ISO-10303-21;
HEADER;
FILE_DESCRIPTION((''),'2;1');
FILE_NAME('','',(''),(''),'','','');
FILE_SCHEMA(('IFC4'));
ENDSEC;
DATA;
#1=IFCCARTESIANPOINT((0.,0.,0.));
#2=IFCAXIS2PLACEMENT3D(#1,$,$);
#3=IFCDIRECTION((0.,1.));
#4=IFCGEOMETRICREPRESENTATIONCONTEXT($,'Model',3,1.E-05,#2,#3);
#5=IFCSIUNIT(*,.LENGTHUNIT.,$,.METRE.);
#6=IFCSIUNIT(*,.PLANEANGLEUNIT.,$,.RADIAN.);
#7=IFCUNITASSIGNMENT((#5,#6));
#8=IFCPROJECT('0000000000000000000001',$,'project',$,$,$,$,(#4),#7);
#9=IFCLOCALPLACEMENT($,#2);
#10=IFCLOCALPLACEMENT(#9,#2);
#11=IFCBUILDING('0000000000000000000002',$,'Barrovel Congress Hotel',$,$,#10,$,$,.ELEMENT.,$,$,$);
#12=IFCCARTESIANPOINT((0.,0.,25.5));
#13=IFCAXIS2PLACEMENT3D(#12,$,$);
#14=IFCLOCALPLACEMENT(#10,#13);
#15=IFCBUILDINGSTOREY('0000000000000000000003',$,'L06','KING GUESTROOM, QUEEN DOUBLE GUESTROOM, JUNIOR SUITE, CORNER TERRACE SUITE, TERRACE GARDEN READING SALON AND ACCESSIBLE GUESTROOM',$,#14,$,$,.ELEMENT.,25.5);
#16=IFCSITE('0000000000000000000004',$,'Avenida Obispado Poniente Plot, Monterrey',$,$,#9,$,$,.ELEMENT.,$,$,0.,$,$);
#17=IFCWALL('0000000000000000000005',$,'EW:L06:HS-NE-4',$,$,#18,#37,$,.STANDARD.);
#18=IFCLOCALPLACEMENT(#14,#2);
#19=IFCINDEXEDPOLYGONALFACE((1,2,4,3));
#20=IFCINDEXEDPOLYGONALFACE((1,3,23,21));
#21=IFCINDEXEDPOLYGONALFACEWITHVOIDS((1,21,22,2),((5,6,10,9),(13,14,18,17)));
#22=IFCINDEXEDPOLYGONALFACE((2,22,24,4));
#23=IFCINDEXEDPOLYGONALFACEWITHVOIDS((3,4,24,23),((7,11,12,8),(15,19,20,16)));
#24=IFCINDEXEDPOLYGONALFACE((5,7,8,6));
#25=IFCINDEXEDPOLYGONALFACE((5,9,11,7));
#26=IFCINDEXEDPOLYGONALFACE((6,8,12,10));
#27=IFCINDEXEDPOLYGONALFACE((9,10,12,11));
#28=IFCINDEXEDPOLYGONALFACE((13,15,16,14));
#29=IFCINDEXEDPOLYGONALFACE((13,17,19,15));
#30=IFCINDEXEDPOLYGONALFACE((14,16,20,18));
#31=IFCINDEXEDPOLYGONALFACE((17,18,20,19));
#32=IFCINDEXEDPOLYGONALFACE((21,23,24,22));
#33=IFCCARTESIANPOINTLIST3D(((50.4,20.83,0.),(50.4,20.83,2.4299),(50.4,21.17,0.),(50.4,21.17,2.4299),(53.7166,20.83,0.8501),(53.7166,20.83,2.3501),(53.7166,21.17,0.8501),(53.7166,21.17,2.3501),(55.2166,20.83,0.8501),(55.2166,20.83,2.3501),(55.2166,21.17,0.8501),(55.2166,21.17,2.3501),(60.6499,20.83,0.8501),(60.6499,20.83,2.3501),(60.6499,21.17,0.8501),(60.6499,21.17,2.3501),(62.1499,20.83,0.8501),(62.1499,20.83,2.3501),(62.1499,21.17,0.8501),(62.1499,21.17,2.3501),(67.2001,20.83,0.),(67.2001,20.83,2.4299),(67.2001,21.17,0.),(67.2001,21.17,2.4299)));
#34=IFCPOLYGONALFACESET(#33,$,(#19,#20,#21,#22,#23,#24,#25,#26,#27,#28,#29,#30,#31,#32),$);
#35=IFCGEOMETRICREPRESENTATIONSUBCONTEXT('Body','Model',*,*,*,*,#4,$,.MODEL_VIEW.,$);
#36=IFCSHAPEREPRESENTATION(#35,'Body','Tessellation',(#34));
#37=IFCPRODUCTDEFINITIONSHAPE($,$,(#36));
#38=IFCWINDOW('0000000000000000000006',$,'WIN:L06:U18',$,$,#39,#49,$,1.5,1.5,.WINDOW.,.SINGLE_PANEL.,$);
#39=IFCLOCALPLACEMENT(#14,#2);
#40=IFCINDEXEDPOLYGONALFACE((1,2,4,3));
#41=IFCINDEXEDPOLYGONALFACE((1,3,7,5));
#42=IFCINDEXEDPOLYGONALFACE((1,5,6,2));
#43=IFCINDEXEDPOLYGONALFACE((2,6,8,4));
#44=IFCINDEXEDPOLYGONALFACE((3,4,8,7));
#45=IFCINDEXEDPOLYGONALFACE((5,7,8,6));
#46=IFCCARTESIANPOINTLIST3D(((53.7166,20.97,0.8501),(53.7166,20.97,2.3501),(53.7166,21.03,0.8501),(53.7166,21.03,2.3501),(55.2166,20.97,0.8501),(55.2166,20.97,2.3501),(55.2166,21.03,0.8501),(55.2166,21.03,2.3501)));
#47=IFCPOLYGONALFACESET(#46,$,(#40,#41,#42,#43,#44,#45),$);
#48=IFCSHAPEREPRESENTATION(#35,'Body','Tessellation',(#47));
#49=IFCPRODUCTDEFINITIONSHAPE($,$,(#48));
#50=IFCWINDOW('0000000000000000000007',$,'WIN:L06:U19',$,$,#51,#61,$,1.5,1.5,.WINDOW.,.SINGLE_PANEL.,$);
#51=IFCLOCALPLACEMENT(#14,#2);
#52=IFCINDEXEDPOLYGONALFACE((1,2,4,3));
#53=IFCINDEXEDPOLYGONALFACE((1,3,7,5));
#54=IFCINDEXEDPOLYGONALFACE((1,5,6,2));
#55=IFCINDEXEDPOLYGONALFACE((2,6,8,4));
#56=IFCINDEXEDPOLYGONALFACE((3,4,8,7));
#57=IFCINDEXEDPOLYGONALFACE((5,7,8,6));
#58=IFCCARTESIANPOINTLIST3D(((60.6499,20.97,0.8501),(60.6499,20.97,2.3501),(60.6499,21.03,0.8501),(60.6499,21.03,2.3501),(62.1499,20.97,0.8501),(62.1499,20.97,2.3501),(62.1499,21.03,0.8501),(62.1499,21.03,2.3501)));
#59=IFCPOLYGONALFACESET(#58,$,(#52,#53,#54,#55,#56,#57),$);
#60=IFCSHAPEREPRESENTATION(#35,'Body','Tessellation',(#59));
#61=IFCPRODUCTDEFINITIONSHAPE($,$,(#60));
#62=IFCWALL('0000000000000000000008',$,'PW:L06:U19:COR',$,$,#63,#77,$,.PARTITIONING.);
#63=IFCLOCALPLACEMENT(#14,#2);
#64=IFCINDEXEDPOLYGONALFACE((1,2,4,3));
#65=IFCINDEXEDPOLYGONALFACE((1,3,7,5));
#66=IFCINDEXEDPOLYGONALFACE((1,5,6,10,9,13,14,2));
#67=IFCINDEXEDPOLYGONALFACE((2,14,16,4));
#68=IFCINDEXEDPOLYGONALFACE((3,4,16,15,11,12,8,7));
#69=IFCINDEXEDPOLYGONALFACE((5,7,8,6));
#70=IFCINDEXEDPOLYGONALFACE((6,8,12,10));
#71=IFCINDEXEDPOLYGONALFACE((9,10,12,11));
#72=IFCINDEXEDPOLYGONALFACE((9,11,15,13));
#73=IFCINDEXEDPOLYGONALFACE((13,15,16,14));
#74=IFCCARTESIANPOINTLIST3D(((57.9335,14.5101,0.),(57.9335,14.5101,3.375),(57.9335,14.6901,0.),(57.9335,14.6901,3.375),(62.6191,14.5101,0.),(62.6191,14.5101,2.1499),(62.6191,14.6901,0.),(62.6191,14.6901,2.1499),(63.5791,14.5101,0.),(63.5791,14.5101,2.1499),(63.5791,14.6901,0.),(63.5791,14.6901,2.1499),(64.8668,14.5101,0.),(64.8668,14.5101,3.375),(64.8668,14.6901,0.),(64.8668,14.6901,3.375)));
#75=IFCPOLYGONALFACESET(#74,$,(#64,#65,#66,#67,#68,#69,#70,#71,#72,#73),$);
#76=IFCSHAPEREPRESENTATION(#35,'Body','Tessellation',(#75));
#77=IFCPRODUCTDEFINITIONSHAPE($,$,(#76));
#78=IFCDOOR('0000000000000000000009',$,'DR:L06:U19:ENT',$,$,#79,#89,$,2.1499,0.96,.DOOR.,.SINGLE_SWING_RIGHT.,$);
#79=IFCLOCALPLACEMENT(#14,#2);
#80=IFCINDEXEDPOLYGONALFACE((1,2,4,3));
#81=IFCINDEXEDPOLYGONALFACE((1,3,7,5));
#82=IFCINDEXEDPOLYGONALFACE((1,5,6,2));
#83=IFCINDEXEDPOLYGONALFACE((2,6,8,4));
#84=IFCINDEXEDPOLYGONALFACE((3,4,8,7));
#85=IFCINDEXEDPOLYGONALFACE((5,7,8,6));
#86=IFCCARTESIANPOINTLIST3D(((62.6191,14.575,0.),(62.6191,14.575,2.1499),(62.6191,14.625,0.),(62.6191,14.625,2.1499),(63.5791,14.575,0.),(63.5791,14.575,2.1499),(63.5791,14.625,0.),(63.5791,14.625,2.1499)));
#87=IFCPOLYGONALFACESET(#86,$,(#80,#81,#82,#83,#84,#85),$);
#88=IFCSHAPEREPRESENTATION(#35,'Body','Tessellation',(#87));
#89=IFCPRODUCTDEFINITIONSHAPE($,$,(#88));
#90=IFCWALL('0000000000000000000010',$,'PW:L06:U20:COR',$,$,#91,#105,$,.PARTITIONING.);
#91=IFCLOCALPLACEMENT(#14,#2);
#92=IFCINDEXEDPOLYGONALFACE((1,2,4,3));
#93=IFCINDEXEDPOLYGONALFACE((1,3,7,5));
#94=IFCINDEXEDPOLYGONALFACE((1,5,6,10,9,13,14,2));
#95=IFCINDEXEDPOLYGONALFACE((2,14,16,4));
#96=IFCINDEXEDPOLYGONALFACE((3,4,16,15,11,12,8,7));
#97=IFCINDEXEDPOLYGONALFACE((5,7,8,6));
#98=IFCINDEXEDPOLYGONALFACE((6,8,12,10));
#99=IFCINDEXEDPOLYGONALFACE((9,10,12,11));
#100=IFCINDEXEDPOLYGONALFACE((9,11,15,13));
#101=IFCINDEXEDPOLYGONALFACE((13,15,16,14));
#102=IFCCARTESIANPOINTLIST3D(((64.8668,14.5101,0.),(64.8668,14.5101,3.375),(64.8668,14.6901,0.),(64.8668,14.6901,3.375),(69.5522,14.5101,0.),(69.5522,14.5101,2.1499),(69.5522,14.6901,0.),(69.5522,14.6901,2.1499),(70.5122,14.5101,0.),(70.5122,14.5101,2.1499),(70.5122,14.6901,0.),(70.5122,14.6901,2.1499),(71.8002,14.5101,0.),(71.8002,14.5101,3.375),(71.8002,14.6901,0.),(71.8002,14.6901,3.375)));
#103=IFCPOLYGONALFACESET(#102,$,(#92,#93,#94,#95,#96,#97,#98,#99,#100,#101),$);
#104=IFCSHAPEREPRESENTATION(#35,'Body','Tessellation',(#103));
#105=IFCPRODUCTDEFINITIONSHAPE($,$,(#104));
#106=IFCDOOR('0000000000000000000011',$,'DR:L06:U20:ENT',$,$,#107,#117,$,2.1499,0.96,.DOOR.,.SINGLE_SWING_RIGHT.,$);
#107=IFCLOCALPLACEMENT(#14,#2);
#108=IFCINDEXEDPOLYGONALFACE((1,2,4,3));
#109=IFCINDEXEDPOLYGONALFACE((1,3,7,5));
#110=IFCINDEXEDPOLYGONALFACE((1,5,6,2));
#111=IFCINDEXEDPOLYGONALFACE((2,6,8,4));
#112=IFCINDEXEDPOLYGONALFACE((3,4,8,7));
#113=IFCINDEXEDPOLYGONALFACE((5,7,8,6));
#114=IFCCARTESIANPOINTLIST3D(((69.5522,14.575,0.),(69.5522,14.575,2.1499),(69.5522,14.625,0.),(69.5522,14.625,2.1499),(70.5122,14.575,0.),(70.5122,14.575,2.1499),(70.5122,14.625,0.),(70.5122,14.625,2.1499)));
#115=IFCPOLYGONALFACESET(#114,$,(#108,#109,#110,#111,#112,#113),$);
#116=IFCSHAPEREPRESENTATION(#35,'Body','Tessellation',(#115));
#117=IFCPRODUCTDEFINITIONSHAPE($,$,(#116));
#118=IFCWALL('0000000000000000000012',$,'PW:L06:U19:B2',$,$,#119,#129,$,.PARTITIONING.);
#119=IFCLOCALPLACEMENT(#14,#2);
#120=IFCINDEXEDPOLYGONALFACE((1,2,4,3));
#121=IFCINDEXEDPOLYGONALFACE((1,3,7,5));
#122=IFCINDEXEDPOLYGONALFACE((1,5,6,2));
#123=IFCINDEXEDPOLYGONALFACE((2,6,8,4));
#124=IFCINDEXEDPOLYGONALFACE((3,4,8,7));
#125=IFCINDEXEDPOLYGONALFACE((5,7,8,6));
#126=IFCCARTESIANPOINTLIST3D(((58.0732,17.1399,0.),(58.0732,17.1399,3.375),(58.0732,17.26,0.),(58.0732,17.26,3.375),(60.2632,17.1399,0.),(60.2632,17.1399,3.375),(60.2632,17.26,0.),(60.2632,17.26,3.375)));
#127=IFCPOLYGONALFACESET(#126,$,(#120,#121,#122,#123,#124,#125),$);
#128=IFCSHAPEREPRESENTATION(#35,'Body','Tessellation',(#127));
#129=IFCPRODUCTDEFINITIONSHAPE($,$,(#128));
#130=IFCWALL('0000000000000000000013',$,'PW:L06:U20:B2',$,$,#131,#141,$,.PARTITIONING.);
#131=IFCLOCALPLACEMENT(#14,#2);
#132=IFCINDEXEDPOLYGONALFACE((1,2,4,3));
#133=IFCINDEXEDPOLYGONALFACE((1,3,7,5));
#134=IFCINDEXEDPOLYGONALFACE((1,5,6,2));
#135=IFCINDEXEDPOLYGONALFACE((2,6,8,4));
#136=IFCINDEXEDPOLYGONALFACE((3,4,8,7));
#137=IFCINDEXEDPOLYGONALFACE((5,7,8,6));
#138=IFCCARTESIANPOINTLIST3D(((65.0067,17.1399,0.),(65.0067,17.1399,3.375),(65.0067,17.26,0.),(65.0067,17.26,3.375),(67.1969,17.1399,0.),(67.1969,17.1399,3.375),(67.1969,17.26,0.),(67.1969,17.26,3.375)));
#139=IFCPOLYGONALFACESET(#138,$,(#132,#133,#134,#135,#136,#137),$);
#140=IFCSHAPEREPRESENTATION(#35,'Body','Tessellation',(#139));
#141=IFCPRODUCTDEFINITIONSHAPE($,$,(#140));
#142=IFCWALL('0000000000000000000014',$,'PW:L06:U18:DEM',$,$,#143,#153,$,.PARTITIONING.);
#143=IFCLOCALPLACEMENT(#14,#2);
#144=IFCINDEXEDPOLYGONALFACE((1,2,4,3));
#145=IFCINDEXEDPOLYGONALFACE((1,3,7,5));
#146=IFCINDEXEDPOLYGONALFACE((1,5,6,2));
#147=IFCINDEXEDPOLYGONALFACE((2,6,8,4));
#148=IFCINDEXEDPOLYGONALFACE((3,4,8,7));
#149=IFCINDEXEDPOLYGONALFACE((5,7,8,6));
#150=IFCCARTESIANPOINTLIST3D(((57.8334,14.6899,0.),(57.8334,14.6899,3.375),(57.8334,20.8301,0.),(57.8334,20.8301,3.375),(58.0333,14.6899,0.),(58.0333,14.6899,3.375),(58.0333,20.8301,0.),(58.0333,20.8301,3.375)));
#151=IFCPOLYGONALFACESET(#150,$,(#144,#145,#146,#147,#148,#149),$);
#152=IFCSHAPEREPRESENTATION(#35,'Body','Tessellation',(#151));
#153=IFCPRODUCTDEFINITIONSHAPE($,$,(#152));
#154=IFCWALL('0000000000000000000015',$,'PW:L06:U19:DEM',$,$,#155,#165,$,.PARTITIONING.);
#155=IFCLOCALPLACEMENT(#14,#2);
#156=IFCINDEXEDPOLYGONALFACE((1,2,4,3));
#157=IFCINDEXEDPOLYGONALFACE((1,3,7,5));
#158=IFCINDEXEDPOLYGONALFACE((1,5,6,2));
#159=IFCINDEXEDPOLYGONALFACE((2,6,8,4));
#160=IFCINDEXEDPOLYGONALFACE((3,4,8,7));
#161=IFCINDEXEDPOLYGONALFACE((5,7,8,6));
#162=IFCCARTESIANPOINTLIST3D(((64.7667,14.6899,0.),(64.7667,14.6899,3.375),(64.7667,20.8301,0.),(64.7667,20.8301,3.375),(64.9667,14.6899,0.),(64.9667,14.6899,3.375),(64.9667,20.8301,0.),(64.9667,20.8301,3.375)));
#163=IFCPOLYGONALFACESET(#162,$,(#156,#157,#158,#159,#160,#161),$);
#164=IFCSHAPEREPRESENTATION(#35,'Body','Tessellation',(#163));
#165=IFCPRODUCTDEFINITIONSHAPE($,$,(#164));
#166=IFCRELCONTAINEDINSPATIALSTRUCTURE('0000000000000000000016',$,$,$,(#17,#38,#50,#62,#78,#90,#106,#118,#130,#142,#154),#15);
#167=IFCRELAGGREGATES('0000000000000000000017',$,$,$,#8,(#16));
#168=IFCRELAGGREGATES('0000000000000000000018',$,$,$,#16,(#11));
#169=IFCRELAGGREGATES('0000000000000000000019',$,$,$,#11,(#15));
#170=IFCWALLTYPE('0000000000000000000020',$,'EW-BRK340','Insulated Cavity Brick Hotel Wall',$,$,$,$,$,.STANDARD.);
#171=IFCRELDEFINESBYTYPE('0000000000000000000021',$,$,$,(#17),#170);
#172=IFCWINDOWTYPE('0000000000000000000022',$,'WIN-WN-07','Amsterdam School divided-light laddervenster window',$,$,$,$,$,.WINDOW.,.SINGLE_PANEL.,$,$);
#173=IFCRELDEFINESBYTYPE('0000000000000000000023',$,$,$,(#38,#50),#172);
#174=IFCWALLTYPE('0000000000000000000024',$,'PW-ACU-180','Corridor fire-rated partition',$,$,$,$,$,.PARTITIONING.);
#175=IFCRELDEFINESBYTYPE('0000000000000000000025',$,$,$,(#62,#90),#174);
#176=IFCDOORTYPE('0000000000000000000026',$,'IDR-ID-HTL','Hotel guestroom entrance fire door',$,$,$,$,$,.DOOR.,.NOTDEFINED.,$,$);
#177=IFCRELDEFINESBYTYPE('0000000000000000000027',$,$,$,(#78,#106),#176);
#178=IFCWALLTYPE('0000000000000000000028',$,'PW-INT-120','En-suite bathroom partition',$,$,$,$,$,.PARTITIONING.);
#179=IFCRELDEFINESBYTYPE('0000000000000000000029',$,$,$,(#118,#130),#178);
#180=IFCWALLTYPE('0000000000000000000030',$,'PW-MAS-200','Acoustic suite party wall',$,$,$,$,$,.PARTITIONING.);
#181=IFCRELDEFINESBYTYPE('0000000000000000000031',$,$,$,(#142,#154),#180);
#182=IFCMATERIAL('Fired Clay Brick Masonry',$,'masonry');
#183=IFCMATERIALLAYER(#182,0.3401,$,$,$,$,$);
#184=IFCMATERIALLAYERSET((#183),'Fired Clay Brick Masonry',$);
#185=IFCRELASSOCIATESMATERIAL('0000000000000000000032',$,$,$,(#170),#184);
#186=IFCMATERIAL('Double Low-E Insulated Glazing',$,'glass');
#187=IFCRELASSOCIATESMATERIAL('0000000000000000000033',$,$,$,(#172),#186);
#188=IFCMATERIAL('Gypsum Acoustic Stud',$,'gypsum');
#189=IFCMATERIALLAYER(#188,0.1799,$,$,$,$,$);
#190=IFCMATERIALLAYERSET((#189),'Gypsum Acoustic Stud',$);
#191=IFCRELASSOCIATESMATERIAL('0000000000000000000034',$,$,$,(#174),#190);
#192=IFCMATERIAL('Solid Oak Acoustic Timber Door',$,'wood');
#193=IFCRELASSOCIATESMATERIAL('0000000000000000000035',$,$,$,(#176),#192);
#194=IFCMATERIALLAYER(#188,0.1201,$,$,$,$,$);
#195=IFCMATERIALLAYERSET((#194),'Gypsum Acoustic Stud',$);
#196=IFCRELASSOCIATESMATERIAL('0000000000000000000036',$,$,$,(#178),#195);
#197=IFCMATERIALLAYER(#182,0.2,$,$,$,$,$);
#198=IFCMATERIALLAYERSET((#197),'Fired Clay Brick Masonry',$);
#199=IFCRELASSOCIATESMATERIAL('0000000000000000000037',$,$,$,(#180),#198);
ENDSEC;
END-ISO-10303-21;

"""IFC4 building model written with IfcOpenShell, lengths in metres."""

from ifc_helpers import new_model, si_unit, direction, frame, frame_2d, origin, place, context, subcontext, project, spatial, rectangle, extrude, material, layer, layer_set, type_object, element, fill, save


model = new_model("IFC4")

# Units and contexts
model_context = context("Model", 3, precision=1e-05, world=origin(), true_north=direction((0.0, 1.0)))
body_context = subcontext(model_context, "Body", "Model", "MODEL_VIEW")
ifc_project = project(units=[si_unit("LENGTHUNIT", "METRE"), si_unit("PLANEANGLEUNIT", "RADIAN")], contexts=[model_context])

# Site, building, storey
site_placement = place(None, origin())
site = spatial("IfcSite", under=ifc_project, at=site_placement, Name="Avenida Obispado Poniente Plot, Monterrey", CompositionType="ELEMENT", RefElevation=0.0)
building_placement = place(site_placement, origin())
building = spatial("IfcBuilding", under=site, at=building_placement, Name="Barrovel Congress Hotel", CompositionType="ELEMENT")
storey_placement = place(building_placement, frame((0.0, 0.0, 25.5)))
storey = spatial("IfcBuildingStorey", under=building, at=storey_placement, Name="L06", Description="KING GUESTROOM, QUEEN DOUBLE GUESTROOM, JUNIOR SUITE, CORNER TERRACE SUITE, TERRACE GARDEN READING SALON AND ACCESSIBLE GUESTROOM", CompositionType="ELEMENT", Elevation=25.5)

# Wall, openings, windows
ifc_material_1 = material(Name="Fired Clay Brick Masonry", Category="masonry")
ifc_layer_1 = layer(ifc_material_1, 0.3401)
ifc_layer_set_1 = layer_set([ifc_layer_1], Name="Fired Clay Brick Masonry")
wall_type_1 = type_object("IfcWallType", Name="EW-BRK340", Description="Insulated Cavity Brick Hotel Wall", PredefinedType="STANDARD", material=ifc_layer_set_1)
wall_1_placement = place(storey_placement, frame((67.2, 21.0, 0.0), z_axis=(0.0, 0.0, 1.0), x_axis=(-1.0, 0.0, 0.0)))
wall_1 = element("IfcWall", 1, at=wall_1_placement, inside=storey, type_object=wall_type_1, Name="EW:L06:HS-NE-4", PredefinedType="STANDARD", context=body_context, shape_type="SweptSolid", body=[
    extrude(rectangle(XDim=16.8, YDim=0.3401, at=frame_2d((8.3999, 0.0))), origin(), (0.0, 0.0, 1.0), 2.4299),
])
opening_1_placement = place(wall_1_placement, frame((11.9834, 0.0, 0.8501)))
opening_1 = element("IfcOpeningElement", 2, at=opening_1_placement, cuts=wall_1, PredefinedType="OPENING", context=body_context, shape_type="SweptSolid", body=[
    extrude(rectangle(XDim=1.5, YDim=1.5, at=frame_2d((0.75, 0.75))), frame((0.0, 0.1802, 0.0), z_axis=(0.0, -1.0, 0.0), x_axis=(1.0, 0.0, 0.0)), (0.0, 0.0, 1.0), 0.3601),
])
opening_2_placement = place(wall_1_placement, frame((5.05, 0.0, 0.8501)))
opening_2 = element("IfcOpeningElement", 3, at=opening_2_placement, cuts=wall_1, PredefinedType="OPENING", context=body_context, shape_type="SweptSolid", body=[
    extrude(rectangle(XDim=1.5, YDim=1.5, at=frame_2d((0.75, 0.75))), frame((0.0, 0.1802, 0.0), z_axis=(0.0, -1.0, 0.0), x_axis=(1.0, 0.0, 0.0)), (0.0, 0.0, 1.0), 0.3601),
])
ifc_material_2 = material(Name="Double Low-E Insulated Glazing", Category="glass")
window_type = type_object("IfcWindowType", Name="WIN-WN-07", Description="Amsterdam School divided-light laddervenster window", PartitioningType="SINGLE_PANEL", PredefinedType="WINDOW", material=ifc_material_2)
window_1_placement = place(opening_1_placement, origin())
window_1 = element("IfcWindow", 4, at=window_1_placement, inside=storey, type_object=window_type, Name="WIN:L06:U18", OverallHeight=1.5, OverallWidth=1.5, PartitioningType="SINGLE_PANEL", PredefinedType="WINDOW", context=body_context, shape_type="SweptSolid", body=[
    extrude(rectangle(XDim=1.5, YDim=1.5, at=frame_2d((0.75, 0.75))), frame((0.0, 0.03, 0.0), z_axis=(0.0, -1.0, 0.0), x_axis=(1.0, 0.0, 0.0)), (0.0, 0.0, 1.0), 0.0601),
])
fill(opening_1, window_1)
window_2_placement = place(opening_2_placement, origin())
window_2 = element("IfcWindow", 5, at=window_2_placement, inside=storey, type_object=window_type, Name="WIN:L06:U19", OverallHeight=1.5, OverallWidth=1.5, PartitioningType="SINGLE_PANEL", PredefinedType="WINDOW", context=body_context, shape_type="SweptSolid", body=[
    extrude(rectangle(XDim=1.5, YDim=1.5, at=frame_2d((0.75, 0.75))), frame((0.0, 0.03, 0.0), z_axis=(0.0, -1.0, 0.0), x_axis=(1.0, 0.0, 0.0)), (0.0, 0.0, 1.0), 0.0601),
])
fill(opening_2, window_2)

# Walls, openings, doors
ifc_material_3 = material(Name="Gypsum Acoustic Stud", Category="gypsum")
ifc_layer_2 = layer(ifc_material_3, 0.1799)
ifc_layer_set_2 = layer_set([ifc_layer_2], Name="Gypsum Acoustic Stud")
wall_type_2 = type_object("IfcWallType", Name="PW-ACU-180", Description="Corridor fire-rated partition", PredefinedType="PARTITIONING", material=ifc_layer_set_2)
wall_2_placement = place(storey_placement, frame((57.9333, 14.6001, 0.0), z_axis=(0.0, 0.0, 1.0), x_axis=(1.0, 0.0, 0.0)))
wall_2 = element("IfcWall", 6, at=wall_2_placement, inside=storey, type_object=wall_type_2, Name="PW:L06:U19:COR", PredefinedType="PARTITIONING", context=body_context, shape_type="SweptSolid", body=[
    extrude(rectangle(XDim=6.9333, YDim=0.1799, at=frame_2d((3.4668, 0.0))), origin(), (0.0, 0.0, 1.0), 3.375),
])
opening_3_placement = place(wall_2_placement, frame((4.6858, 0.0, 0.0)))
opening_3 = element("IfcOpeningElement", 7, at=opening_3_placement, cuts=wall_2, PredefinedType="OPENING", context=body_context, shape_type="SweptSolid", body=[
    extrude(rectangle(XDim=0.96, YDim=2.1499, at=frame_2d((0.48, 1.075))), frame((0.0, 0.1001, 0.0), z_axis=(0.0, -1.0, 0.0), x_axis=(1.0, 0.0, 0.0)), (0.0, 0.0, 1.0), 0.2),
])
ifc_material_4 = material(Name="Solid Oak Acoustic Timber Door", Category="wood")
door_type_1 = type_object("IfcDoorType", Name="IDR-ID-HTL", Description="Hotel guestroom entrance fire door", OperationType="NOTDEFINED", PredefinedType="DOOR", material=ifc_material_4)
door_1_placement = place(opening_3_placement, origin())
door_1 = element("IfcDoor", 8, at=door_1_placement, inside=storey, type_object=door_type_1, Name="DR:L06:U19:ENT", OperationType="SINGLE_SWING_RIGHT", OverallHeight=2.1499, OverallWidth=0.96, PredefinedType="DOOR", context=body_context, shape_type="SweptSolid", body=[
    extrude(rectangle(XDim=0.96, YDim=2.1499, at=frame_2d((0.48, 1.075))), frame((0.0, 0.0249, 0.0), z_axis=(0.0, -1.0, 0.0), x_axis=(1.0, 0.0, 0.0)), (0.0, 0.0, 1.0), 0.05),
])
fill(opening_3, door_1)
wall_3_placement = place(storey_placement, frame((64.8667, 14.6001, 0.0), z_axis=(0.0, 0.0, 1.0), x_axis=(1.0, 0.0, 0.0)))
wall_3 = element("IfcWall", 9, at=wall_3_placement, inside=storey, type_object=wall_type_2, Name="PW:L06:U20:COR", PredefinedType="PARTITIONING", context=body_context, shape_type="SweptSolid", body=[
    extrude(rectangle(XDim=6.9333, YDim=0.1799, at=frame_2d((3.4668, 0.0))), origin(), (0.0, 0.0, 1.0), 3.375),
])
opening_4_placement = place(wall_3_placement, frame((4.6855, 0.0, 0.0)))
opening_4 = element("IfcOpeningElement", 10, at=opening_4_placement, cuts=wall_3, PredefinedType="OPENING", context=body_context, shape_type="SweptSolid", body=[
    extrude(rectangle(XDim=0.96, YDim=2.1499, at=frame_2d((0.48, 1.075))), frame((0.0, 0.1001, 0.0), z_axis=(0.0, -1.0, 0.0), x_axis=(1.0, 0.0, 0.0)), (0.0, 0.0, 1.0), 0.2),
])
door_2_placement = place(opening_4_placement, origin())
door_2 = element("IfcDoor", 11, at=door_2_placement, inside=storey, type_object=door_type_1, Name="DR:L06:U20:ENT", OperationType="SINGLE_SWING_RIGHT", OverallHeight=2.1499, OverallWidth=0.96, PredefinedType="DOOR", context=body_context, shape_type="SweptSolid", body=[
    extrude(rectangle(XDim=0.96, YDim=2.1499, at=frame_2d((0.48, 1.075))), frame((0.0, 0.0249, 0.0), z_axis=(0.0, -1.0, 0.0), x_axis=(1.0, 0.0, 0.0)), (0.0, 0.0, 1.0), 0.05),
])
fill(opening_4, door_2)

# Walls
ifc_layer_3 = layer(ifc_material_3, 0.1201)
ifc_layer_set_3 = layer_set([ifc_layer_3], Name="Gypsum Acoustic Stud")
wall_type_3 = type_object("IfcWallType", Name="PW-INT-120", Description="En-suite bathroom partition", PredefinedType="PARTITIONING", material=ifc_layer_set_3)
wall_4_placement = place(storey_placement, frame((58.0732, 17.2, 0.0), z_axis=(0.0, 0.0, 1.0), x_axis=(1.0, 0.0, 0.0)))
element("IfcWall", 12, at=wall_4_placement, inside=storey, type_object=wall_type_3, Name="PW:L06:U19:B2", PredefinedType="PARTITIONING", context=body_context, shape_type="SweptSolid", body=[
    extrude(rectangle(XDim=2.1899, YDim=0.1201, at=frame_2d((1.095, 0.0))), origin(), (0.0, 0.0, 1.0), 3.375),
])
wall_5_placement = place(storey_placement, frame((65.0066, 17.2, 0.0), z_axis=(0.0, 0.0, 1.0), x_axis=(1.0, 0.0, 0.0)))
element("IfcWall", 13, at=wall_5_placement, inside=storey, type_object=wall_type_3, Name="PW:L06:U20:B2", PredefinedType="PARTITIONING", context=body_context, shape_type="SweptSolid", body=[
    extrude(rectangle(XDim=2.1902, YDim=0.1201, at=frame_2d((1.0952, 0.0))), origin(), (0.0, 0.0, 1.0), 3.375),
])
ifc_layer_4 = layer(ifc_material_1, 0.2)
ifc_layer_set_4 = layer_set([ifc_layer_4], Name="Fired Clay Brick Masonry")
wall_type_4 = type_object("IfcWallType", Name="PW-MAS-200", Description="Acoustic suite party wall", PredefinedType="PARTITIONING", material=ifc_layer_set_4)
for number, where, z_axis, x_axis, name in (
    (14, (57.9333, 14.6899, 0.0), (0.0, 0.0, 1.0), (0.0, 1.0, 0.0), "PW:L06:U18:DEM"),
    (15, (64.8667, 14.6899, 0.0), (0.0, 0.0, 1.0), (0.0, 1.0, 0.0), "PW:L06:U19:DEM"),
):
    element("IfcWall", number, at=place(storey_placement, frame(where, z_axis=z_axis, x_axis=x_axis)), inside=storey, type_object=wall_type_4, Name=name, PredefinedType="PARTITIONING", context=body_context, shape_type="SweptSolid", body=[
        extrude(rectangle(XDim=6.1401, YDim=0.2, at=frame_2d((3.0701, 0.0))), origin(), (0.0, 0.0, 1.0), 3.375),
    ])

save(model, "model.ifc")
